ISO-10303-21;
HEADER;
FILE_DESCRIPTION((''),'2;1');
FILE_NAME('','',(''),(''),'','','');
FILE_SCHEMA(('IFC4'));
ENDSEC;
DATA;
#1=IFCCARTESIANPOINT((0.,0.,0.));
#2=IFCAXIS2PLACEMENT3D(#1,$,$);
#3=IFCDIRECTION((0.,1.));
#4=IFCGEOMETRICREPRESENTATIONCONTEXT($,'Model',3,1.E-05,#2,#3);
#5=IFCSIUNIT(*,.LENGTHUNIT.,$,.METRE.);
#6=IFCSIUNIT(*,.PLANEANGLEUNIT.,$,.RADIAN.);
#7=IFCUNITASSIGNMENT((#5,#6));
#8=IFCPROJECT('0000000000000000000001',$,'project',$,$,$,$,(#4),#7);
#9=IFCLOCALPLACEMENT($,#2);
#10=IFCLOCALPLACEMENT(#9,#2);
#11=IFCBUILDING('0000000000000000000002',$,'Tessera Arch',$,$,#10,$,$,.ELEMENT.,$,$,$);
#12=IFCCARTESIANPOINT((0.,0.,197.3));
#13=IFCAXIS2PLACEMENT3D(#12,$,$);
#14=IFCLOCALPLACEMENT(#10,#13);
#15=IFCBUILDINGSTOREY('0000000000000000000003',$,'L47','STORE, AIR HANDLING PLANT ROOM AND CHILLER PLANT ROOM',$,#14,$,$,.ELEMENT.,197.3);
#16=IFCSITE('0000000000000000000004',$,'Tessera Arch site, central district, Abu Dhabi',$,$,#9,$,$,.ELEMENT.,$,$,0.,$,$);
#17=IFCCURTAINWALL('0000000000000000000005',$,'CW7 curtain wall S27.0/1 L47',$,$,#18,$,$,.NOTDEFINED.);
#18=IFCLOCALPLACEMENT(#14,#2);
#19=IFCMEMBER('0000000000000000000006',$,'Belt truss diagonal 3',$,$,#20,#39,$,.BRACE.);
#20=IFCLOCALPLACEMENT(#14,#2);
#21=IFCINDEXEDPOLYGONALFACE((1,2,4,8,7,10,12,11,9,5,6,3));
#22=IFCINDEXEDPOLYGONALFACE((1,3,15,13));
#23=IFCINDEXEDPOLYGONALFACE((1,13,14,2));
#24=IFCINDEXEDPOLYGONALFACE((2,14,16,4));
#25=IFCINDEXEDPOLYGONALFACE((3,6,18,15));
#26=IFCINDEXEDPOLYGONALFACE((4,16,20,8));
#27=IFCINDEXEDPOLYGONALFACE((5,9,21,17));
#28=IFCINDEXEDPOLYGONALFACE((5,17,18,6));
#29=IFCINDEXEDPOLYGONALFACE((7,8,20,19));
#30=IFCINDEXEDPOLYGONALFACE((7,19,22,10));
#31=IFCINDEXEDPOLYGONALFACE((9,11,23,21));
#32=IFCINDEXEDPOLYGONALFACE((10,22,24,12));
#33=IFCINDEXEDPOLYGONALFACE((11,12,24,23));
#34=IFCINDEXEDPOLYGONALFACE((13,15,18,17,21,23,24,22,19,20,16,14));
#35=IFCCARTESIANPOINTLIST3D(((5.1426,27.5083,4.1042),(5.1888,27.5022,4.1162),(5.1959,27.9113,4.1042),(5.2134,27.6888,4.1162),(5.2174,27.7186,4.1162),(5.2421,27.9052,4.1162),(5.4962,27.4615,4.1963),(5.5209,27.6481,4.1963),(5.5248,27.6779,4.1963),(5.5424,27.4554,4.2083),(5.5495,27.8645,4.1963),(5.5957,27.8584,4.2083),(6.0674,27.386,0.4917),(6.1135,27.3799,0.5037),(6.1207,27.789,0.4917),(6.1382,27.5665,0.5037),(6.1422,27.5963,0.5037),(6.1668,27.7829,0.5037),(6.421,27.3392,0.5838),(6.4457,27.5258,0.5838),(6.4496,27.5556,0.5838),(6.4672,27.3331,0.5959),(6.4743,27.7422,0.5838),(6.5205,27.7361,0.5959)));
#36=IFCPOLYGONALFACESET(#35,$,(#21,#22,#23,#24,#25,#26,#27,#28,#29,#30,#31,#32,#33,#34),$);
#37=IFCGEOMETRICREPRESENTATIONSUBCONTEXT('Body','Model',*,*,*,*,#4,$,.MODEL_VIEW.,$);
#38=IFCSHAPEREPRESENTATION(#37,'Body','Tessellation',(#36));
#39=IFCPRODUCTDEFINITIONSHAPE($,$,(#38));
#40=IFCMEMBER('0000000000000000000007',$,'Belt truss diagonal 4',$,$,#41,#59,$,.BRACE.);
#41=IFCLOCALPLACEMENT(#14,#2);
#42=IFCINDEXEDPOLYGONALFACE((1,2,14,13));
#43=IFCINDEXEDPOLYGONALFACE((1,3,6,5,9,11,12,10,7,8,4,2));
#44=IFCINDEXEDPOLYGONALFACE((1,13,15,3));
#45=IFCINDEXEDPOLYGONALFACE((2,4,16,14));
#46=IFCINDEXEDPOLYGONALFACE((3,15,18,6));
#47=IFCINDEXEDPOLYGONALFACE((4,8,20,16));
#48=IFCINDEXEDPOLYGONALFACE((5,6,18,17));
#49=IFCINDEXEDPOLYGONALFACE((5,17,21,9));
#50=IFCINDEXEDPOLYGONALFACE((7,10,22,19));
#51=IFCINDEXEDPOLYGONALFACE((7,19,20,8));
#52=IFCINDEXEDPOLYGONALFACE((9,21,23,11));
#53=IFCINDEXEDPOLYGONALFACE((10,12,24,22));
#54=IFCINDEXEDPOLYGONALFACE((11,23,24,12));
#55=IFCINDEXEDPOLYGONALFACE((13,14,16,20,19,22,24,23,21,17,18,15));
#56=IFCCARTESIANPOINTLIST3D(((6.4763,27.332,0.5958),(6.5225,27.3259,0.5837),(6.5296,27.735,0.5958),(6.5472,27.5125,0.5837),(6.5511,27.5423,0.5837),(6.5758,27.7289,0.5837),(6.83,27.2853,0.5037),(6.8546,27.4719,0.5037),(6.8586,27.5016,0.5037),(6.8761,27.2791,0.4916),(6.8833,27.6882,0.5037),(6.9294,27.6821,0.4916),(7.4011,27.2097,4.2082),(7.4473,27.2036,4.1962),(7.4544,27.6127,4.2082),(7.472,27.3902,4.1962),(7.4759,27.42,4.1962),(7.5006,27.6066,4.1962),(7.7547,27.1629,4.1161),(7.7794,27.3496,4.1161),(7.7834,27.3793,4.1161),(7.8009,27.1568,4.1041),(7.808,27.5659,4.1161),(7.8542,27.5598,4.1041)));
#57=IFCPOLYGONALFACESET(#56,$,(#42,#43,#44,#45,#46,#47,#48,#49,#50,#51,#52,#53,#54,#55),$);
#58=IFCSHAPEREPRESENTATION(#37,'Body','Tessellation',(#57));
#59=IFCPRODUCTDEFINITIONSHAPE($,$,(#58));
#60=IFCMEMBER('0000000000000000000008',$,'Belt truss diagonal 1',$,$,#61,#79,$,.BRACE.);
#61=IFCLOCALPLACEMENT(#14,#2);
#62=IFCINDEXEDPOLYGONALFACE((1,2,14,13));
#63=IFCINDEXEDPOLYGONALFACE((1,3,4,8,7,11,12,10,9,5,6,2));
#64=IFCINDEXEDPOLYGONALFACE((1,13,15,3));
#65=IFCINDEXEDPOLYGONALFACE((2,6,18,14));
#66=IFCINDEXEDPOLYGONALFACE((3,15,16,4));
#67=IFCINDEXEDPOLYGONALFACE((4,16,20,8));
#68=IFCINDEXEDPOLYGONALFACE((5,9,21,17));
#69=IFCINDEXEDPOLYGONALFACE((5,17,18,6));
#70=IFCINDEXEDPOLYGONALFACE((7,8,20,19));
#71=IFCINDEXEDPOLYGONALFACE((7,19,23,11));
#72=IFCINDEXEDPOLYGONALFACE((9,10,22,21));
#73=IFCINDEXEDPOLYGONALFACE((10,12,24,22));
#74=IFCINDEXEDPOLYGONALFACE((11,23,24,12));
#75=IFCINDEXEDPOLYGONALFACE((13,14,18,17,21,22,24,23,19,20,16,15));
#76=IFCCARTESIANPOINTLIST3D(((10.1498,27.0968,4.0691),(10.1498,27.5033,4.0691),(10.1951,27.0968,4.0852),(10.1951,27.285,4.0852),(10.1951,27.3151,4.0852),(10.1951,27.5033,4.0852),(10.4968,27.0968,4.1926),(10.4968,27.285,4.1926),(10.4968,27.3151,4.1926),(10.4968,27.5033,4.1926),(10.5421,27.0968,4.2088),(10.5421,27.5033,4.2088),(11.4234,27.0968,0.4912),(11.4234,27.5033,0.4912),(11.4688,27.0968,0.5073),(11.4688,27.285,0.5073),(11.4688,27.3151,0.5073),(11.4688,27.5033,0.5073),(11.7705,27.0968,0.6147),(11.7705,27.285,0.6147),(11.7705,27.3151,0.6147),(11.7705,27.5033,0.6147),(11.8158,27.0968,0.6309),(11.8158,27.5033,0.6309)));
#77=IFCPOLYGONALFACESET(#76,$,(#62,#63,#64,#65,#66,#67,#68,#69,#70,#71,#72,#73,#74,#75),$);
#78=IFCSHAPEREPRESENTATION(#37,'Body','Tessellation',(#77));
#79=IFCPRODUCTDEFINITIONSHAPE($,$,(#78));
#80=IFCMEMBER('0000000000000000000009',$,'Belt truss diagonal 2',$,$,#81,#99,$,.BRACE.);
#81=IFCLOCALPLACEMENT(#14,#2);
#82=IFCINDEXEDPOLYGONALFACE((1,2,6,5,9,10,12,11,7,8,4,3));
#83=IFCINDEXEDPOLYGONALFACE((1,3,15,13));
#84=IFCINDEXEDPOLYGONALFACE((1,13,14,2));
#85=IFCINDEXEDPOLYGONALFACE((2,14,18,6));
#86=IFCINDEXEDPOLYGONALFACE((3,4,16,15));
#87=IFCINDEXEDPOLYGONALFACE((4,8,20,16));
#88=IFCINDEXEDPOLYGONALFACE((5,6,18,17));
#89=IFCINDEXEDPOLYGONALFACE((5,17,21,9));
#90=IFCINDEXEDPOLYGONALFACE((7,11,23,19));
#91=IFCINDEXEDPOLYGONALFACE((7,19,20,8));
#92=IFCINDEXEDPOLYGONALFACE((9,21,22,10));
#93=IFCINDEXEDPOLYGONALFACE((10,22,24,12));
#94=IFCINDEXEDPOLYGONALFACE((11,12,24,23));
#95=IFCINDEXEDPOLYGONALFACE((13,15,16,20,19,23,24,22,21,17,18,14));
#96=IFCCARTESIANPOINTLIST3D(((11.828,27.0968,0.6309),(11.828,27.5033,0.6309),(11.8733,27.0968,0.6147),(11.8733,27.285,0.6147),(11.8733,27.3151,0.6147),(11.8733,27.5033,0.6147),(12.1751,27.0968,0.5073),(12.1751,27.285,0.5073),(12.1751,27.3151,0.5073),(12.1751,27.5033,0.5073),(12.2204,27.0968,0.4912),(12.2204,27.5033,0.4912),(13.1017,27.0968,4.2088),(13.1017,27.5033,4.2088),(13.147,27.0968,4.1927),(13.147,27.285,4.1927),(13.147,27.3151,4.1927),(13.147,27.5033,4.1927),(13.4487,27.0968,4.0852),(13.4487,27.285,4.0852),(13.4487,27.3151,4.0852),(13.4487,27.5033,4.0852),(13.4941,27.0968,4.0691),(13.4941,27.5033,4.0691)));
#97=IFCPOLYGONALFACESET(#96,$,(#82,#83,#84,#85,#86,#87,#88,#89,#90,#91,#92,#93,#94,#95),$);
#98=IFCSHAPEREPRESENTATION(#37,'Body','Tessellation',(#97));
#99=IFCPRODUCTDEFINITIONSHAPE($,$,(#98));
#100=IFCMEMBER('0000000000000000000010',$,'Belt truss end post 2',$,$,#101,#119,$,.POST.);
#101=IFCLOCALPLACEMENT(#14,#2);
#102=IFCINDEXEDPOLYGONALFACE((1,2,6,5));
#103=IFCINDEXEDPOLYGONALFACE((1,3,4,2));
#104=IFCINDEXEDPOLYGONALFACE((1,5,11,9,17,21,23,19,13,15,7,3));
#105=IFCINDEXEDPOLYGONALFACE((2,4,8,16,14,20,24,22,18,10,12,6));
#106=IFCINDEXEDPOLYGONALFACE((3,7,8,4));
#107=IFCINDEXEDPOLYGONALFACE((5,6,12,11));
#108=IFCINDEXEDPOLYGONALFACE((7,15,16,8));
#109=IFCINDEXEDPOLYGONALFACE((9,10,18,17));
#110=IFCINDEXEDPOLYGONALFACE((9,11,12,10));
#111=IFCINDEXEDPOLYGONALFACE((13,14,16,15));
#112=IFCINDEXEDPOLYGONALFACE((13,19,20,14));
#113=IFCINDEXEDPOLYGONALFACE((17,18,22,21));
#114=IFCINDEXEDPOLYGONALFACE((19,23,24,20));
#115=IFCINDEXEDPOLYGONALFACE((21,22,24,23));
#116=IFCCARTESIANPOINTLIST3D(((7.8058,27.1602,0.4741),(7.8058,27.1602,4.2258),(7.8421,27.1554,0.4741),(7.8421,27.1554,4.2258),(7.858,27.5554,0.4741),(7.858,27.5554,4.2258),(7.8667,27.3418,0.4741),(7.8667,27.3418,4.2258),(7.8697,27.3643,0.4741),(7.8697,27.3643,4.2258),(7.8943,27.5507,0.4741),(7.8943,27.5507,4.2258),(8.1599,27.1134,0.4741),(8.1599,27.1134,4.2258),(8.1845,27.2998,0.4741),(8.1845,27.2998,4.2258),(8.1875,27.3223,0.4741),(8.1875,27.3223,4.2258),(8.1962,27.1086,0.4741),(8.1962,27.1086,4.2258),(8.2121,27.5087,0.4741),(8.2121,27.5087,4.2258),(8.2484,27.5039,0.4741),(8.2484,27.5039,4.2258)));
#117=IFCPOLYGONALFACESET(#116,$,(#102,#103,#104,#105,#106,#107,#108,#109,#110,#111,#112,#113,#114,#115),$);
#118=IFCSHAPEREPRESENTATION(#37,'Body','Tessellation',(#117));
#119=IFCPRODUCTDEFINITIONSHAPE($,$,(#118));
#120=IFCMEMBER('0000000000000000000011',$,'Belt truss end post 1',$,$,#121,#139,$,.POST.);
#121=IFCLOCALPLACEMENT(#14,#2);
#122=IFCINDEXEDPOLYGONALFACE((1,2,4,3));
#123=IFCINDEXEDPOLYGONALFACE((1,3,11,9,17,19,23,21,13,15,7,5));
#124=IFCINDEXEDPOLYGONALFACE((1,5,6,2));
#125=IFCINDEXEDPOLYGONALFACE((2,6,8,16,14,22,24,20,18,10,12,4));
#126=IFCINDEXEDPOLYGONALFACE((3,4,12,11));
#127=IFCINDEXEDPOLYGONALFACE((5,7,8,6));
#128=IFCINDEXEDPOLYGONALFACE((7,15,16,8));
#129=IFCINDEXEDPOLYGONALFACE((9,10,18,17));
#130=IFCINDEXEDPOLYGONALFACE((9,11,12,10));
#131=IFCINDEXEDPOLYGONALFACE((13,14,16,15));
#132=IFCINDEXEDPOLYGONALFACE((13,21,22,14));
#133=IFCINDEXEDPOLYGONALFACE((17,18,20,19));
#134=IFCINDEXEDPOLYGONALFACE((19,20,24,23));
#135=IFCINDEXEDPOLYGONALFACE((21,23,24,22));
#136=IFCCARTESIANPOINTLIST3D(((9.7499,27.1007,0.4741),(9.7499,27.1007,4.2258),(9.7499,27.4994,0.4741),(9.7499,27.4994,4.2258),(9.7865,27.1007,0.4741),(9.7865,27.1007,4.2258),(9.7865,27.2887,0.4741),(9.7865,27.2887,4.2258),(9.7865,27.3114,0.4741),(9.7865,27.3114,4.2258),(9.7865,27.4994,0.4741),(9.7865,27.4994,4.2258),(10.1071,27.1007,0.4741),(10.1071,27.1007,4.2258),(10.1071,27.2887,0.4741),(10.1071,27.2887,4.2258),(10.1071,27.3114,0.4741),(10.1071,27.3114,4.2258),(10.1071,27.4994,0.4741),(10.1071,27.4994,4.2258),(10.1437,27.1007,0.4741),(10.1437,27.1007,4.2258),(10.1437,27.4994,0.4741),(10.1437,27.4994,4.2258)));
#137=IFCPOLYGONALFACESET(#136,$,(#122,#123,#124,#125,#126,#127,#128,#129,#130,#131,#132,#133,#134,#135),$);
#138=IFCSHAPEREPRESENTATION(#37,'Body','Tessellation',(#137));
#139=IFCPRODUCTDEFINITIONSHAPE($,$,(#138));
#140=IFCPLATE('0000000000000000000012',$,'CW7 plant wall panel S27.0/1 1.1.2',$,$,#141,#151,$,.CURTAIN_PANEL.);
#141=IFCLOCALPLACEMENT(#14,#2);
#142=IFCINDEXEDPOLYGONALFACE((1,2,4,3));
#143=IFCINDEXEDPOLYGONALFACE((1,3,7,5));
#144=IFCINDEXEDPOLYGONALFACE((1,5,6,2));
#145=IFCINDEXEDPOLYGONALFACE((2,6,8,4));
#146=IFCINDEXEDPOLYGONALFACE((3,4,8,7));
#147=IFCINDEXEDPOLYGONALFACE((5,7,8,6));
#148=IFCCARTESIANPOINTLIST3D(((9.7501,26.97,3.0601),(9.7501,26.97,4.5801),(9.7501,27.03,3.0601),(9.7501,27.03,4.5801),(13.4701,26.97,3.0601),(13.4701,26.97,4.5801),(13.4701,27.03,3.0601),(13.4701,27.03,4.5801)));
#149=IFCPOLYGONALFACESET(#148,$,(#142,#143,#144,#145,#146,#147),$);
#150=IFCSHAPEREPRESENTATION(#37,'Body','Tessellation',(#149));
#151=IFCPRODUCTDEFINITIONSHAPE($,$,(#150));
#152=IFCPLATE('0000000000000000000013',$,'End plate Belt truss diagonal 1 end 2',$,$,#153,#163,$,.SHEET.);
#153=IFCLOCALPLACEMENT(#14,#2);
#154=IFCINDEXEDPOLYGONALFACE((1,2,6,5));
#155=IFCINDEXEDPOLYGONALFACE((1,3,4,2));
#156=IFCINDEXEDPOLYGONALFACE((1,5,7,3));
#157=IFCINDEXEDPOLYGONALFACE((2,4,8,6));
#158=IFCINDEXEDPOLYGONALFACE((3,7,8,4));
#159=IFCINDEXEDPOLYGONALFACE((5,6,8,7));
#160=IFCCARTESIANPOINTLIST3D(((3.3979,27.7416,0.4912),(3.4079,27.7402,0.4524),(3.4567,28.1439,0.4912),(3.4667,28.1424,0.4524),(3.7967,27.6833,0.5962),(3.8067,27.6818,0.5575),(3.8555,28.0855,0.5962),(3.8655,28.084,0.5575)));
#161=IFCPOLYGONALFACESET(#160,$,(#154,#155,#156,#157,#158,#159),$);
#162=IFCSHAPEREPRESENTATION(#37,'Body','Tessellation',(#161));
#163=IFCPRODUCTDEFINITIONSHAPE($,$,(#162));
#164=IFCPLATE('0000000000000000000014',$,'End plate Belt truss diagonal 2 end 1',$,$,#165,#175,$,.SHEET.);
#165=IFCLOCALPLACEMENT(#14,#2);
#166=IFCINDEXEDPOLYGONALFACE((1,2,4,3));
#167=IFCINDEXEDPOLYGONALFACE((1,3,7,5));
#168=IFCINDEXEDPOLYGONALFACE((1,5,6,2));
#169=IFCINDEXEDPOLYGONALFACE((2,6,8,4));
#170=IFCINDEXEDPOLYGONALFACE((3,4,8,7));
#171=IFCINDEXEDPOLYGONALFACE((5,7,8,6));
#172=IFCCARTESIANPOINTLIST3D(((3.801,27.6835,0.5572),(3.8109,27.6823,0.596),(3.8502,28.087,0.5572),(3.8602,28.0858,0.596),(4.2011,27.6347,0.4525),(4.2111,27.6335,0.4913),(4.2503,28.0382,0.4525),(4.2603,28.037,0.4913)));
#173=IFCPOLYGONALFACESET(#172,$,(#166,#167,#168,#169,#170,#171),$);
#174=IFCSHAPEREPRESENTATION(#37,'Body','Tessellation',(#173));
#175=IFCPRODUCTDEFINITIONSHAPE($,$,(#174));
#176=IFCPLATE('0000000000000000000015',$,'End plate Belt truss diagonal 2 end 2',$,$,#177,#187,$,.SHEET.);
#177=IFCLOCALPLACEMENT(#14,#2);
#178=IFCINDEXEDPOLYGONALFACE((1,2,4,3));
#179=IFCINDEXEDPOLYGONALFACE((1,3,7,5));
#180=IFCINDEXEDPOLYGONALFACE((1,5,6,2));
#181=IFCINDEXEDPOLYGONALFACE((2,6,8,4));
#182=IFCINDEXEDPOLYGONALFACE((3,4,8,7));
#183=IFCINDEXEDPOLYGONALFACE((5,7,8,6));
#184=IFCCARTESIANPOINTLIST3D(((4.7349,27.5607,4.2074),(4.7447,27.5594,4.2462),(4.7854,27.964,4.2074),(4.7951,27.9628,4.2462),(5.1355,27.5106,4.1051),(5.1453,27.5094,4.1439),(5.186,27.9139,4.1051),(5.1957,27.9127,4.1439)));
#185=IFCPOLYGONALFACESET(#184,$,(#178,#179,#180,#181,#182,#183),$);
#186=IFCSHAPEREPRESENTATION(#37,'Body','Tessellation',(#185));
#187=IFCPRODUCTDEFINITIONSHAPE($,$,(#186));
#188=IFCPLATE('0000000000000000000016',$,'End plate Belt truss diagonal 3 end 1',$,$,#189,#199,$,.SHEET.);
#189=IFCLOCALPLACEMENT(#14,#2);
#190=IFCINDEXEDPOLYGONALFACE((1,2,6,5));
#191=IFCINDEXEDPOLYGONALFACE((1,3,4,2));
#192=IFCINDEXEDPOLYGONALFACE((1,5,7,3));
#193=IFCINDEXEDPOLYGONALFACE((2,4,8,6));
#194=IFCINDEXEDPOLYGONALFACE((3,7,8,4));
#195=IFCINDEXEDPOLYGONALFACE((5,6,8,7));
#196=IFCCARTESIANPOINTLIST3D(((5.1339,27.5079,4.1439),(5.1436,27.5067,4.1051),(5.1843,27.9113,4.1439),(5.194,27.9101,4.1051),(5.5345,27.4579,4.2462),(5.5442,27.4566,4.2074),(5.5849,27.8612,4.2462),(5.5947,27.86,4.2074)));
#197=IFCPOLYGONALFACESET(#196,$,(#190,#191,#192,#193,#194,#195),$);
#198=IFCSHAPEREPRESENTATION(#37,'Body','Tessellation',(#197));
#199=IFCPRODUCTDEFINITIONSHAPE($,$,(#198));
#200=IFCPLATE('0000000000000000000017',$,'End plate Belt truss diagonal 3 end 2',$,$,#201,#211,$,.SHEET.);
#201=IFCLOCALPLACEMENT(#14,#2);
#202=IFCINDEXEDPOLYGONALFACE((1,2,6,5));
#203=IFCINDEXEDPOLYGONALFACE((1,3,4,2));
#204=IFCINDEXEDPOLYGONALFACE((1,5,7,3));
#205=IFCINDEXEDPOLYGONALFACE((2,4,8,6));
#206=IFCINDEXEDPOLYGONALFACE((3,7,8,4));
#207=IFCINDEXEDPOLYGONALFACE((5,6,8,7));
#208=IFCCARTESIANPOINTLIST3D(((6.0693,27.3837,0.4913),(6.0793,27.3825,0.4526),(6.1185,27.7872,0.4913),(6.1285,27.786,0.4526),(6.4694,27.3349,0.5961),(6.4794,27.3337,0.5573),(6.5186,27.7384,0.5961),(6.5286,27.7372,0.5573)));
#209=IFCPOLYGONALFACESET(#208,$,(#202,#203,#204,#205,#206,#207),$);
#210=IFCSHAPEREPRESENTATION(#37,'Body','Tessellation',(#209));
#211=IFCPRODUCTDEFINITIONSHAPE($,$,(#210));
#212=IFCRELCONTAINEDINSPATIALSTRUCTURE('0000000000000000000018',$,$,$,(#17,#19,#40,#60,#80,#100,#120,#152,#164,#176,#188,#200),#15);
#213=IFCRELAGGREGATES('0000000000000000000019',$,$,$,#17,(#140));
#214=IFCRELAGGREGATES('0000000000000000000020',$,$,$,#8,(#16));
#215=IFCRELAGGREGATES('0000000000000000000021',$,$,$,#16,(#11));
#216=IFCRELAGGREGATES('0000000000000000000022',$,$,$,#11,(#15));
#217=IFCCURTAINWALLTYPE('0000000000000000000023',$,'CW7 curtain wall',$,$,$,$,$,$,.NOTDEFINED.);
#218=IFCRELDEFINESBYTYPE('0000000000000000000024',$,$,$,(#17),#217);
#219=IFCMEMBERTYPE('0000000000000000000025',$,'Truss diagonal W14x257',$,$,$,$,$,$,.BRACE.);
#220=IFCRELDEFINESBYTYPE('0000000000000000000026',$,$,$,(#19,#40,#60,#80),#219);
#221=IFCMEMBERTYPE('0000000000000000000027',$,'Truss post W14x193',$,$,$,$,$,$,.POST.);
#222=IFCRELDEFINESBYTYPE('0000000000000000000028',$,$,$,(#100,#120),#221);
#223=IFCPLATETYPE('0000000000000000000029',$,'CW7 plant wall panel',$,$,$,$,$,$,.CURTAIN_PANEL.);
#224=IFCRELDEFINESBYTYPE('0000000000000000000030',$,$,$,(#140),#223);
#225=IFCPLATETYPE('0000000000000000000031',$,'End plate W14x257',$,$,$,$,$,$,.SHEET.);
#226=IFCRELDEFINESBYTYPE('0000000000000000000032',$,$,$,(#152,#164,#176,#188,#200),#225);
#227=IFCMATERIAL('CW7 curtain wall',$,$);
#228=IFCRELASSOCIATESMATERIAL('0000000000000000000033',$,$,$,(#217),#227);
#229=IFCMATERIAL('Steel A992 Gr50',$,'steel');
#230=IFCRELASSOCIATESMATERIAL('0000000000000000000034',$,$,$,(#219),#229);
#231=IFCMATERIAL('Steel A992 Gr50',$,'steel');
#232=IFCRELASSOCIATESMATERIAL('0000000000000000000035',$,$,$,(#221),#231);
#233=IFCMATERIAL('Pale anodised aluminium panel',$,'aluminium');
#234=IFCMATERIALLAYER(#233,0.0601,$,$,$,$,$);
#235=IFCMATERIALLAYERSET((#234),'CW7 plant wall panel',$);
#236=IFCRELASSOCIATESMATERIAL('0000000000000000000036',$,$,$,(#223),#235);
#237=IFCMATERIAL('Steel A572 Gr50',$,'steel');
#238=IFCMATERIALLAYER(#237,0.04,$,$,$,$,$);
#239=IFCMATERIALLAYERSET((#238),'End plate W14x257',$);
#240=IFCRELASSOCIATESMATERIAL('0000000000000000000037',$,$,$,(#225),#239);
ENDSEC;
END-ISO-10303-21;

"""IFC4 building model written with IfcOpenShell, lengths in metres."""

from ifc_helpers import new_model, si_unit, direction, frame, origin, origin_2d, place, context, subcontext, project, spatial, rectangle, i_section, extrude, material, layer, layer_set, material_profile, profile_set, type_object, element, aggregate, save


model = new_model("IFC4")

# Units and contexts
model_context = context("Model", 3, precision=1e-05, world=origin(), true_north=direction((0.0, 1.0)))
body_context = subcontext(model_context, "Body", "Model", "MODEL_VIEW")
ifc_project = project(units=[si_unit("LENGTHUNIT", "METRE"), si_unit("PLANEANGLEUNIT", "RADIAN")], contexts=[model_context])

# Site, building, storey
site_placement = place(None, origin())
site = spatial("IfcSite", under=ifc_project, at=site_placement, Name="Tessera Arch site, central district, Abu Dhabi", CompositionType="ELEMENT", RefElevation=0.0)
building_placement = place(site_placement, origin())
building = spatial("IfcBuilding", under=site, at=building_placement, Name="Tessera Arch", CompositionType="ELEMENT")
storey_placement = place(building_placement, frame((0.0, 0.0, 197.3)))
storey = spatial("IfcBuildingStorey", under=building, at=storey_placement, Name="L47", Description="STORE, AIR HANDLING PLANT ROOM AND CHILLER PLANT ROOM", CompositionType="ELEMENT", Elevation=197.3)

# Curtain wall
ifc_material_1 = material(Name="CW7 curtain wall")
curtain_wall_type = type_object("IfcCurtainWallType", Name="CW7 curtain wall", PredefinedType="NOTDEFINED", material=ifc_material_1)
curtain_wall_placement = place(storey_placement, origin())
curtain_wall = element("IfcCurtainWall", 1, at=curtain_wall_placement, inside=storey, type_object=curtain_wall_type, Name="CW7 curtain wall S27.0/1 L47", PredefinedType="NOTDEFINED")

# Members
ifc_material_2 = material(Name="Steel A992 Gr50", Category="steel")
ifc_material_profile_1 = material_profile(ifc_material_2, i_section(OverallWidth=0.4065, OverallDepth=0.4165, WebThickness=0.03, FlangeThickness=0.0481, at=origin_2d()), Name="W14x257")
ifc_profile_set_1 = profile_set([ifc_material_profile_1], Name="Steel A992 Gr50")
member_type_1 = type_object("IfcMemberType", Name="Truss diagonal W14x257", PredefinedType="BRACE", material=ifc_profile_set_1)
for number, where, z_axis, x_axis, name in (
    (2, (5.3691, 27.6833, 4.1562), (0.247867, -0.032783, -0.968239), (0.131118, 0.991367, 0.0), "Belt truss diagonal 3"),
    (3, (6.7029, 27.5071, 0.5437), (0.247867, -0.032783, 0.968239), (0.131118, 0.991367, 0.0), "Belt truss diagonal 4"),
):
    element("IfcMember", number, at=place(storey_placement, frame(where, z_axis=z_axis, x_axis=x_axis)), inside=storey, type_object=member_type_1, Name=name, PredefinedType="BRACE", context=body_context, shape_type="SweptSolid", body=[
        extrude(i_section(OverallWidth=0.4065, OverallDepth=0.4165, WebThickness=0.03, FlangeThickness=0.0481, at=origin_2d()), origin(), (0.0, 0.0, 1.0), 3.731),
    ])
for number, where, z_axis, x_axis, name in (
    (4, (10.3459, 27.3, 4.1389), (0.335371, 0.0, -0.942086), (0.0, 1.0, 0.0), "Belt truss diagonal 1"),
    (5, (12.0242, 27.3, 0.561), (0.335371, 0.0, 0.942086), (0.0, 1.0, 0.0), "Belt truss diagonal 2"),
):
    element("IfcMember", number, at=place(storey_placement, frame(where, z_axis=z_axis, x_axis=x_axis)), inside=storey, type_object=member_type_1, Name=name, PredefinedType="BRACE", context=body_context, shape_type="SweptSolid", body=[
        extrude(i_section(OverallWidth=0.4065, OverallDepth=0.4165, WebThickness=0.03, FlangeThickness=0.0481, at=origin_2d()), origin(), (0.0, 0.0, 1.0), 3.7979),
    ])
ifc_material_3 = material(Name="Steel A992 Gr50", Category="steel")
ifc_material_profile_2 = material_profile(ifc_material_3, i_section(OverallWidth=0.3987, OverallDepth=0.3938, WebThickness=0.0227, FlangeThickness=0.0366, at=origin_2d()), Name="W14x193")
ifc_profile_set_2 = profile_set([ifc_material_profile_2], Name="Steel A992 Gr50")
member_type_2 = type_object("IfcMemberType", Name="Truss post W14x193", PredefinedType="POST", material=ifc_profile_set_2)
for number, where, z_axis, x_axis, name in (
    (6, (8.0271, 27.332, 0.4741), (0.0, 0.0, 1.0), (0.131003, 0.991382, 0.0), "Belt truss end post 2"),
    (7, (9.9468, 27.3, 0.4741), (0.0, 0.0, 1.0), (0.0, 1.0, 0.0), "Belt truss end post 1"),
):
    element("IfcMember", number, at=place(storey_placement, frame(where, z_axis=z_axis, x_axis=x_axis)), inside=storey, type_object=member_type_2, Name=name, PredefinedType="POST", context=body_context, shape_type="SweptSolid", body=[
        extrude(i_section(OverallWidth=0.3987, OverallDepth=0.3938, WebThickness=0.0227, FlangeThickness=0.0366, at=origin_2d()), origin(), (0.0, 0.0, 1.0), 3.7517),
    ])

# Plate
ifc_material_4 = material(Name="Pale anodised aluminium panel", Category="aluminium")
ifc_layer_1 = layer(ifc_material_4, 0.0601)
ifc_layer_set_1 = layer_set([ifc_layer_1], Name="CW7 plant wall panel")
plate_type_1 = type_object("IfcPlateType", Name="CW7 plant wall panel", PredefinedType="CURTAIN_PANEL", material=ifc_layer_set_1)
plate_placement = place(storey_placement, frame((11.6101, 27.0, 3.0601), z_axis=(0.0, 0.0, 1.0), x_axis=(1.0, 0.0, 0.0)))
plate = element("IfcPlate", 8, at=plate_placement, type_object=plate_type_1, Name="CW7 plant wall panel S27.0/1 1.1.2", PredefinedType="CURTAIN_PANEL", context=body_context, shape_type="SweptSolid", body=[
    extrude(rectangle(XDim=3.72, YDim=0.0601, at=origin_2d()), origin(), (0.0, 0.0, 1.0), 1.52),
])
aggregate(curtain_wall, [plate])

# Plates
ifc_material_5 = material(Name="Steel A572 Gr50", Category="steel")
ifc_layer_2 = layer(ifc_material_5, 0.04)
ifc_layer_set_2 = layer_set([ifc_layer_2], Name="End plate W14x257")
plate_type_2 = type_object("IfcPlateType", Name="End plate W14x257", PredefinedType="SHEET", material=ifc_layer_set_2)
for number, where, z_axis, x_axis, name in (
    (9, (3.6267, 27.9136, 0.5437), (0.249527, -0.036516, -0.967679), (0.144799, 0.989461, 0.0), "End plate Belt truss diagonal 1 end 2"),
    (10, (4.0256, 27.8608, 0.5049), (0.249578, -0.030436, 0.967876), (0.121054, 0.992646, 0.0), "End plate Belt truss diagonal 2 end 1"),
    (11, (4.9604, 27.7373, 4.1562), (0.243857, -0.030482, 0.969332), (0.124035, 0.992278, 0.0), "End plate Belt truss diagonal 2 end 2"),
    (12, (5.3594, 27.6846, 4.1951), (0.243857, -0.030482, -0.969332), (0.124035, 0.992278, 0.0), "End plate Belt truss diagonal 3 end 1"),
    (13, (6.2939, 27.561, 0.5437), (0.249578, -0.030436, -0.967876), (0.121054, 0.992646, 0.0), "End plate Belt truss diagonal 3 end 2"),
):
    element("IfcPlate", number, at=place(storey_placement, frame(where, z_axis=z_axis, x_axis=x_axis)), inside=storey, type_object=plate_type_2, Name=name, PredefinedType="SHEET", context=body_context, shape_type="SweptSolid", body=[
        extrude(rectangle(XDim=0.4065, YDim=0.4165, at=origin_2d()), origin(), (0.0, 0.0, 1.0), 0.04),
    ])

save(model, "model.ifc")
